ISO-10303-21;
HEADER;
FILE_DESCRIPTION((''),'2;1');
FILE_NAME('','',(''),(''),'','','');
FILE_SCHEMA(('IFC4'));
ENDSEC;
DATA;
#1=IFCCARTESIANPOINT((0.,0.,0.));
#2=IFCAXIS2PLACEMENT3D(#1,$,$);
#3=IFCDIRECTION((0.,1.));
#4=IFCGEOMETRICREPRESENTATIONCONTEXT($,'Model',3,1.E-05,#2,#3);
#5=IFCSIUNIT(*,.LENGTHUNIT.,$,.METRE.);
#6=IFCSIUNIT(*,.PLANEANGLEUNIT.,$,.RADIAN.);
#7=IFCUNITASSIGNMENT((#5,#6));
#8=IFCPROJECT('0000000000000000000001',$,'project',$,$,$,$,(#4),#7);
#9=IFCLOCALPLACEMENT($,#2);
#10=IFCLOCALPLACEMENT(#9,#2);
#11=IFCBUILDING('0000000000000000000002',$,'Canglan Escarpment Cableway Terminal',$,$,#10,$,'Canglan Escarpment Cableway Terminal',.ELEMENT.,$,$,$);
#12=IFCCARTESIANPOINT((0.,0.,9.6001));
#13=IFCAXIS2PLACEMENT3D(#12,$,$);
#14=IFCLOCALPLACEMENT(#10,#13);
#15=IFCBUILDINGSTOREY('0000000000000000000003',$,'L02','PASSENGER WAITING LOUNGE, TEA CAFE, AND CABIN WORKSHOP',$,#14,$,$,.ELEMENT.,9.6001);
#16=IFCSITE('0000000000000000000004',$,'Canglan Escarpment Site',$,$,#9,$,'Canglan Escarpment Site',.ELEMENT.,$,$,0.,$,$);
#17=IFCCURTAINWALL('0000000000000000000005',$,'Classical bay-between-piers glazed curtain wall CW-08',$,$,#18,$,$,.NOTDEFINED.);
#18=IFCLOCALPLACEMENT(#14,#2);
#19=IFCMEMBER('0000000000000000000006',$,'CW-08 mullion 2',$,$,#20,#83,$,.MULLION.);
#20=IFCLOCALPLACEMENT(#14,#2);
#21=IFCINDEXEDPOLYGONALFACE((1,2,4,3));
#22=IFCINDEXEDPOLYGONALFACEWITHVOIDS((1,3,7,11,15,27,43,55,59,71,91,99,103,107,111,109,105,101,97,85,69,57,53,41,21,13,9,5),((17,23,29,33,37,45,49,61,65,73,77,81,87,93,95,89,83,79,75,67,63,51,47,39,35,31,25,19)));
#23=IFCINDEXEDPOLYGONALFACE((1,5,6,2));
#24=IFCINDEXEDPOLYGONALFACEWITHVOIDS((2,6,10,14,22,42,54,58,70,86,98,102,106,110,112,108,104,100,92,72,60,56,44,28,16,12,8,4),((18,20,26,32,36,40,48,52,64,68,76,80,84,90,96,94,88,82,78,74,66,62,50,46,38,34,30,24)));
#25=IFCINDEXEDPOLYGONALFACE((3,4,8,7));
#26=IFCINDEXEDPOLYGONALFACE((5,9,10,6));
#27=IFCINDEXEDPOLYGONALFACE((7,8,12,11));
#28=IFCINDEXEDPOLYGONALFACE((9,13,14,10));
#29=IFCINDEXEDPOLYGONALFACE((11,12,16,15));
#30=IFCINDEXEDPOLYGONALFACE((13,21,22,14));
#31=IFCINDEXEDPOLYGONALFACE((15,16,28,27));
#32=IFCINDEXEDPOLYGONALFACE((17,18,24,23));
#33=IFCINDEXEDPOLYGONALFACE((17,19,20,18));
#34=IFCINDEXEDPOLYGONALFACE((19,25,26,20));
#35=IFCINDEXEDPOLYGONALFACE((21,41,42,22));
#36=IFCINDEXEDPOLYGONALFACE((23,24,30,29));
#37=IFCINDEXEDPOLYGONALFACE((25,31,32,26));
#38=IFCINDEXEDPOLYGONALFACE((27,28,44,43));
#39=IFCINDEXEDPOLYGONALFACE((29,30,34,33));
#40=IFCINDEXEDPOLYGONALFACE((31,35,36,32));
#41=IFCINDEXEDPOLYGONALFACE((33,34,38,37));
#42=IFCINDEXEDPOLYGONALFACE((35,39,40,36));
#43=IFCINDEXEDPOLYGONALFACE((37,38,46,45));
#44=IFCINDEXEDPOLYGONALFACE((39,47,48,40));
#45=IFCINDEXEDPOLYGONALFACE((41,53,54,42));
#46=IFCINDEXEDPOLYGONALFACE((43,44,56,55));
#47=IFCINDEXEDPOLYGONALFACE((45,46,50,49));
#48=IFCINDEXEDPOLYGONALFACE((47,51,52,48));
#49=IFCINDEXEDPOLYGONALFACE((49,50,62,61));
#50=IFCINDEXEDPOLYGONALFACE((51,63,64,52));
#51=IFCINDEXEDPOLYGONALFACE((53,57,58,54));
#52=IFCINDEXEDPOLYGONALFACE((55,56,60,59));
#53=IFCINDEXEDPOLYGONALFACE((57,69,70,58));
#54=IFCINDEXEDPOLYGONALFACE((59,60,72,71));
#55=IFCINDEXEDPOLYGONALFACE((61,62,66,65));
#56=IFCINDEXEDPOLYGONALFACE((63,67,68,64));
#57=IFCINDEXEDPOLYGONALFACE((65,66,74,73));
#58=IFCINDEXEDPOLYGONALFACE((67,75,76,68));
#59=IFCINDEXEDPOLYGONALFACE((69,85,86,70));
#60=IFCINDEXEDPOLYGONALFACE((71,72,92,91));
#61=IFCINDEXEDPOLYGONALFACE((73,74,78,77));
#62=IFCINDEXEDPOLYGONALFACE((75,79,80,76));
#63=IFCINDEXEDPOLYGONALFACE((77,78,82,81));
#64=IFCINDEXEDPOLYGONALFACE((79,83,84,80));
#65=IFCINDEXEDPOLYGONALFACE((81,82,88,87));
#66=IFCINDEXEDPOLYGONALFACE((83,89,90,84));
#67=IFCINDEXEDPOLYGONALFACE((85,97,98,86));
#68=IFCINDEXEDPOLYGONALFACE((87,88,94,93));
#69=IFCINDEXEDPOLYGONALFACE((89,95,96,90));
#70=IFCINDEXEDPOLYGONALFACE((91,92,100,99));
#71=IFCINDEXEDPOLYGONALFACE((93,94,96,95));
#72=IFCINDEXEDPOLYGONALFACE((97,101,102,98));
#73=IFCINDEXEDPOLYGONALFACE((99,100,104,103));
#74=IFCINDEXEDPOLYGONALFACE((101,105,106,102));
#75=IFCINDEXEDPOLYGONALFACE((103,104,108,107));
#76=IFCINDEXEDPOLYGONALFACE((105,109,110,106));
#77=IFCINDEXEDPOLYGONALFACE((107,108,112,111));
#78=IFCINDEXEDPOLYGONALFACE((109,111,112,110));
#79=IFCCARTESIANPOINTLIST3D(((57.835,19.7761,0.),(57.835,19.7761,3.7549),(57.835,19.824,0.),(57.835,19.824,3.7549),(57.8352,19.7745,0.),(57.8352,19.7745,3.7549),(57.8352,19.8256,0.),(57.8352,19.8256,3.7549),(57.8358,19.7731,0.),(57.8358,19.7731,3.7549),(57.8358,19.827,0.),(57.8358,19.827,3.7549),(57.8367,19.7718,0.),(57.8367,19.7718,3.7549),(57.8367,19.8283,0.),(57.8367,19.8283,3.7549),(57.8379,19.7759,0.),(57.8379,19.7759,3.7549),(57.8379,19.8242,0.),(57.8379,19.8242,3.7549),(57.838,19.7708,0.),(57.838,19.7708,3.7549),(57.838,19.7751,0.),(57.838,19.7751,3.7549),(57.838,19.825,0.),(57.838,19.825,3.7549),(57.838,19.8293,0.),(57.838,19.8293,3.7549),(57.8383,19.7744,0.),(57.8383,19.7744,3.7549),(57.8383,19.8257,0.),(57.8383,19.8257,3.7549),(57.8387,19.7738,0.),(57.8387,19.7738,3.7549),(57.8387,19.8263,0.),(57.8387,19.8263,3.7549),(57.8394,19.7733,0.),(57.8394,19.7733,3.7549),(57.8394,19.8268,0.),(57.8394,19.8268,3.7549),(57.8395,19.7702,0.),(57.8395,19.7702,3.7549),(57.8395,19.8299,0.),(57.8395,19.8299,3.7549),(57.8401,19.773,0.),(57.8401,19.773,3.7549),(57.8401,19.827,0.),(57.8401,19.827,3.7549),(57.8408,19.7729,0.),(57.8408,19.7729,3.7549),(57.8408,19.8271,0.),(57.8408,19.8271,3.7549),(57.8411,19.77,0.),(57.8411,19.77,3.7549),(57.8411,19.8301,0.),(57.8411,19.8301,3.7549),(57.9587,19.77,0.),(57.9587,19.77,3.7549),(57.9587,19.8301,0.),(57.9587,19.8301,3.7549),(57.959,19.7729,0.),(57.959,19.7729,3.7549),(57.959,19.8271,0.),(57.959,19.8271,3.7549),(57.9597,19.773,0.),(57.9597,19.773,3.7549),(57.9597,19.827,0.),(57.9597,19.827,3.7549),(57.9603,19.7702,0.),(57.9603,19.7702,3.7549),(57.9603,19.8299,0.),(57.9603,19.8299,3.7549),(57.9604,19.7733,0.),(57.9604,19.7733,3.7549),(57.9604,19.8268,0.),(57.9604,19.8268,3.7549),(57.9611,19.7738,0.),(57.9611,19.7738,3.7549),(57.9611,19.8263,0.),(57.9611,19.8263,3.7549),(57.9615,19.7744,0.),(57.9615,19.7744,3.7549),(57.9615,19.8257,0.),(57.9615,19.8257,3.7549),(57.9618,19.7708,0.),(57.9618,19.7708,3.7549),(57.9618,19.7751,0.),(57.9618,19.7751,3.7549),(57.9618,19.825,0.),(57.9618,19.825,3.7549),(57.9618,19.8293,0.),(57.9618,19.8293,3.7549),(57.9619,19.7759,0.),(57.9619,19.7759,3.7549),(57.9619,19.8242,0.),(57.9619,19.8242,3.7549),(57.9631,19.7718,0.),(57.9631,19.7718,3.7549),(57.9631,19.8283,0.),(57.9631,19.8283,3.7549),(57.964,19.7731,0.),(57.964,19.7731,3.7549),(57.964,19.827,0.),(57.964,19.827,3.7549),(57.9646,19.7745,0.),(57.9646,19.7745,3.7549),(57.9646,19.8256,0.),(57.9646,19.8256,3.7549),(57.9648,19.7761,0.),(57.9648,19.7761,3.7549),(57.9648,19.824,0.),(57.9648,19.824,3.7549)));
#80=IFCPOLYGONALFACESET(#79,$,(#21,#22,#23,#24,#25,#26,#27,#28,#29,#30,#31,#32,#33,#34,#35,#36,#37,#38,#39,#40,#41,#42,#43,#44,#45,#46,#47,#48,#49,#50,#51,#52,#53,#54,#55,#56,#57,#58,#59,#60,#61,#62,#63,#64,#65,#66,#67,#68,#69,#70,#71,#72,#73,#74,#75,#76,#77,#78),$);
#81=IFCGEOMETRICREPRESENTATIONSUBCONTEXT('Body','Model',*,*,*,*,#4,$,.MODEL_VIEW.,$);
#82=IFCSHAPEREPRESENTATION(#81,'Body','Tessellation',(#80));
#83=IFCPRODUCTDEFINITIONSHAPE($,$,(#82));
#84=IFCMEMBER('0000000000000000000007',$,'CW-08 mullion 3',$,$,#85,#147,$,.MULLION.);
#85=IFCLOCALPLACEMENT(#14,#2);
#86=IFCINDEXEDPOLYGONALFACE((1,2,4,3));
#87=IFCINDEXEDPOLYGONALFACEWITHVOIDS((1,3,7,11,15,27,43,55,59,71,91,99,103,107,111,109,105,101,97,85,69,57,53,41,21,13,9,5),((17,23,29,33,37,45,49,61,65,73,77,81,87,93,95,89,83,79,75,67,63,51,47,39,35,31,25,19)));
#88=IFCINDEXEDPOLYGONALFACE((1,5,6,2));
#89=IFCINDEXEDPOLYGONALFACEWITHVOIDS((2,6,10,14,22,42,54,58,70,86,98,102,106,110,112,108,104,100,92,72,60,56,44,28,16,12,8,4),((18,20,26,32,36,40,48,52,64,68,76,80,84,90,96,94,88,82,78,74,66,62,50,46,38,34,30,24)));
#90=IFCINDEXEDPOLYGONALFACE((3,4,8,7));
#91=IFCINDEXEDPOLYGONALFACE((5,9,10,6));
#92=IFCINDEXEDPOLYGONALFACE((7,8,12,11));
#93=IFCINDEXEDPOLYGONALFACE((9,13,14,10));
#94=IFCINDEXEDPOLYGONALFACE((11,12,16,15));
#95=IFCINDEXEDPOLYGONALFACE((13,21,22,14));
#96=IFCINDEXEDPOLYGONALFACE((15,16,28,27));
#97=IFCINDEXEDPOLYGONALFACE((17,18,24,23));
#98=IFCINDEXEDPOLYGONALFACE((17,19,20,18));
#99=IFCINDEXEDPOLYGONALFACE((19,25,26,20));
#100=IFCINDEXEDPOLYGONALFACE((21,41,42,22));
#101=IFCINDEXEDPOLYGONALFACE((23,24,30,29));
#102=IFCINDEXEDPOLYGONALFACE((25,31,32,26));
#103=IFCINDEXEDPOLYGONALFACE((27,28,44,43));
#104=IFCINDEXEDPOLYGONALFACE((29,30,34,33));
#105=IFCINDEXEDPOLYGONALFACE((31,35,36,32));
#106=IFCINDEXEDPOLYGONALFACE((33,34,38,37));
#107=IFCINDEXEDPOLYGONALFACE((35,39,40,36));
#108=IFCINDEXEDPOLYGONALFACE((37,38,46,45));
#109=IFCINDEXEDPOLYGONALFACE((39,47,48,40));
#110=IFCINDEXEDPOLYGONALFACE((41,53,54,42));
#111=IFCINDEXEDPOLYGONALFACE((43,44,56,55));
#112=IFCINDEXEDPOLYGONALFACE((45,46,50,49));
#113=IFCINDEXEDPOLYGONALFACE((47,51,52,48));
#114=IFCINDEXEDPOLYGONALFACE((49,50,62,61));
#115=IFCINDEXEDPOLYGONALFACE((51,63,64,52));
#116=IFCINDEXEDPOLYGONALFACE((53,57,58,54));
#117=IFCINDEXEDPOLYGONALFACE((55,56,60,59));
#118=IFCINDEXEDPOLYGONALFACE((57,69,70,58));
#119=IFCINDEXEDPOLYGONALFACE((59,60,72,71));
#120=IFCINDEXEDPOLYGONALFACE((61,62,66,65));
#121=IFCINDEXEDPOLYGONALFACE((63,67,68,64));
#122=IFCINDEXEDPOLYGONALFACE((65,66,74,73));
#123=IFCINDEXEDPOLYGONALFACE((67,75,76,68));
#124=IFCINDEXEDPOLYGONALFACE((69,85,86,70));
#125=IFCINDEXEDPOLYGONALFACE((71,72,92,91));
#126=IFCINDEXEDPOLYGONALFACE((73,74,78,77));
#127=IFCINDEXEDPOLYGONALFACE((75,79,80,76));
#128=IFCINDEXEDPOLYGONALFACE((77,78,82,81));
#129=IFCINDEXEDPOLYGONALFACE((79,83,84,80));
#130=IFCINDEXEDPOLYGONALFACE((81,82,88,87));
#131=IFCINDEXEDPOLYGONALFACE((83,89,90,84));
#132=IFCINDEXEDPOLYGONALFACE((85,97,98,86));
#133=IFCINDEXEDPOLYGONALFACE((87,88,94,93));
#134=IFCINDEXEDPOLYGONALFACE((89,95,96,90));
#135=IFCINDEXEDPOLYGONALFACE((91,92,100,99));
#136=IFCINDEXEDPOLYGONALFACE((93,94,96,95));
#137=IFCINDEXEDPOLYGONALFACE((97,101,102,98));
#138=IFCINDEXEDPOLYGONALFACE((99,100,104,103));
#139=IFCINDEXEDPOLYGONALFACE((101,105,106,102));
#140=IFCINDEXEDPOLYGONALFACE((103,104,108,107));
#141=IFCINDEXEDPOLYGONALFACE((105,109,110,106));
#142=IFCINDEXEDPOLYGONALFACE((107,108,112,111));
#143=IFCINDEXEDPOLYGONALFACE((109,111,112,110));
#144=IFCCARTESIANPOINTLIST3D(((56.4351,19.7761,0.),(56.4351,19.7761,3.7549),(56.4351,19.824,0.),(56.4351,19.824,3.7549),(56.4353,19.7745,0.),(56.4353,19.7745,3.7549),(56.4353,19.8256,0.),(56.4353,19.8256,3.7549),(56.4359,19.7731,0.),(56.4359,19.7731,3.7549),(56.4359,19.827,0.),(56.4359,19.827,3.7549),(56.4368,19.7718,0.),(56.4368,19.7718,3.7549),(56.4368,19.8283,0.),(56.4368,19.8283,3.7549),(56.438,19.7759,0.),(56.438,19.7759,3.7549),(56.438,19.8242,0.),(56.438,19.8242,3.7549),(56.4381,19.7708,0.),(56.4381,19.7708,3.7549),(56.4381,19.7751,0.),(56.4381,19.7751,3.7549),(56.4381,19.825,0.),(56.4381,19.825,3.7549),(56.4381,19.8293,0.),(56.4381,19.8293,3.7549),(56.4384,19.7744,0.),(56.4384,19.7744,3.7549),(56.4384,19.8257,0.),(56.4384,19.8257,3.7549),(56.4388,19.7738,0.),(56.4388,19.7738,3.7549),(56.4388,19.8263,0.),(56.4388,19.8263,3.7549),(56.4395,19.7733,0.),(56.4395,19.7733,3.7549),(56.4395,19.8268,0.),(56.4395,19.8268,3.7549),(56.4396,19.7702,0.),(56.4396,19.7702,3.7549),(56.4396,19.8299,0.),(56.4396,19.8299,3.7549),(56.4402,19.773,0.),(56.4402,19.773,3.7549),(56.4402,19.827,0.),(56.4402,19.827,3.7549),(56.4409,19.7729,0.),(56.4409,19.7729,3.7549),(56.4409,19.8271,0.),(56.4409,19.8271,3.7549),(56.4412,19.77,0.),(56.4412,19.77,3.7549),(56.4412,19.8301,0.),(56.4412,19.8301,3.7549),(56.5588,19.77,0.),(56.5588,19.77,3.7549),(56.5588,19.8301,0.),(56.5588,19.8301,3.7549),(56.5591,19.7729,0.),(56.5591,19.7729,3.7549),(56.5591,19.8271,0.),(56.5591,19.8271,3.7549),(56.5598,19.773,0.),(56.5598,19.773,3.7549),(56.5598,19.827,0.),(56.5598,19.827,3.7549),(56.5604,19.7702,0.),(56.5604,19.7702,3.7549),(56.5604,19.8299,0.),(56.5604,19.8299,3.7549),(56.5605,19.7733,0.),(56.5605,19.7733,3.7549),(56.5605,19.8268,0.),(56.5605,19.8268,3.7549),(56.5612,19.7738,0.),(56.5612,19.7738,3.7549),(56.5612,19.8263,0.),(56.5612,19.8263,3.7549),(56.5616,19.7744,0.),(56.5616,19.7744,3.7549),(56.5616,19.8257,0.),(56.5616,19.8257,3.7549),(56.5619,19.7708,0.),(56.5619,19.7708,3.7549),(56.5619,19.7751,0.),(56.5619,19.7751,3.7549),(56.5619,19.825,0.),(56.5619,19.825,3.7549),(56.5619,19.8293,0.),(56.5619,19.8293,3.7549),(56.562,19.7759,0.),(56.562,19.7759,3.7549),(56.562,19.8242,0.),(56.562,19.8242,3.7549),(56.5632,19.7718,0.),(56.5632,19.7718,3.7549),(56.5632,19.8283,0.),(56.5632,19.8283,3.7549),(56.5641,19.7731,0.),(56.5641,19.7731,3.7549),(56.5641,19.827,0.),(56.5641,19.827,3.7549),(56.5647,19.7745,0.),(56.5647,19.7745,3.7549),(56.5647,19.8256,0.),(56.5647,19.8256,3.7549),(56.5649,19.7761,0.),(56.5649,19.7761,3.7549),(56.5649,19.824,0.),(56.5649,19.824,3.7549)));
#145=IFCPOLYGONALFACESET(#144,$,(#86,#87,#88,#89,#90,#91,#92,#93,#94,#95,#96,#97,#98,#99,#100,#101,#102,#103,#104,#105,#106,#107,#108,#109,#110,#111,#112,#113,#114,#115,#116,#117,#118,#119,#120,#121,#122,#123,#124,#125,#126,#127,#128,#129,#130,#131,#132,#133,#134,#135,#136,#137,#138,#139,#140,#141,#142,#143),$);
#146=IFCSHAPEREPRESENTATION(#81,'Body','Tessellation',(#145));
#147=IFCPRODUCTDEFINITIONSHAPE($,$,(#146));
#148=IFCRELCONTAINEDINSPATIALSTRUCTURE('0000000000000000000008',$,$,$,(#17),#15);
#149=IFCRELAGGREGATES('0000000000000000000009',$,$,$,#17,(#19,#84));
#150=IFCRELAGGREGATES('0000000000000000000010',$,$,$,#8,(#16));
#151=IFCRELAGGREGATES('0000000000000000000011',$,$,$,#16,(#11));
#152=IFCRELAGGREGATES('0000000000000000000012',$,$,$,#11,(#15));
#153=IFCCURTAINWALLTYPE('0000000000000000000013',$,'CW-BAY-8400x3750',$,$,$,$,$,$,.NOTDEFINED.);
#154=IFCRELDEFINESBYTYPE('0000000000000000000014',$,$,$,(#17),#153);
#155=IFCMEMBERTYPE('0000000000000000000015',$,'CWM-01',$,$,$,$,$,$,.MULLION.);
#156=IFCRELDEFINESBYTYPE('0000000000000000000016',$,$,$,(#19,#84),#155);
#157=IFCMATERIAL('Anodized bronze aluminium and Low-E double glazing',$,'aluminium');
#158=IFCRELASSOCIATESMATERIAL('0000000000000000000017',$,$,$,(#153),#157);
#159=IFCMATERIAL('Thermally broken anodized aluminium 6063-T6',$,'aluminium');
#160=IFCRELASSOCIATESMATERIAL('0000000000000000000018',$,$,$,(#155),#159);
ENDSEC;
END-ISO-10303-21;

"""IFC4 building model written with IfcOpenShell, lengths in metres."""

from ifc_helpers import new_model, si_unit, direction, frame, origin, origin_2d, place, context, subcontext, project, spatial, hollow_rectangle, extrude, material, material_profile, profile_set, type_object, element, aggregate, save


model = new_model("IFC4")

# Units and contexts
model_context = context("Model", 3, precision=1e-05, world=origin(), true_north=direction((0.0, 1.0)))
body_context = subcontext(model_context, "Body", "Model", "MODEL_VIEW")
ifc_project = project(units=[si_unit("LENGTHUNIT", "METRE"), si_unit("PLANEANGLEUNIT", "RADIAN")], contexts=[model_context])

# Site, building, storey
site_placement = place(None, origin())
site = spatial("IfcSite", under=ifc_project, at=site_placement, Name="Canglan Escarpment Site", LongName="Canglan Escarpment Site", CompositionType="ELEMENT", RefElevation=0.0)
building_placement = place(site_placement, origin())
building = spatial("IfcBuilding", under=site, at=building_placement, Name="Canglan Escarpment Cableway Terminal", LongName="Canglan Escarpment Cableway Terminal", CompositionType="ELEMENT")
storey_placement = place(building_placement, frame((0.0, 0.0, 9.6001)))
storey = spatial("IfcBuildingStorey", under=building, at=storey_placement, Name="L02", Description="PASSENGER WAITING LOUNGE, TEA CAFE, AND CABIN WORKSHOP", CompositionType="ELEMENT", Elevation=9.6001)

# Curtain wall, members
ifc_material_1 = material(Name="Anodized bronze aluminium and Low-E double glazing", Category="aluminium")
curtain_wall_type = type_object("IfcCurtainWallType", Name="CW-BAY-8400x3750", PredefinedType="NOTDEFINED", material=ifc_material_1)
curtain_wall_placement = place(storey_placement, origin())
curtain_wall = element("IfcCurtainWall", 1, at=curtain_wall_placement, inside=storey, type_object=curtain_wall_type, Name="Classical bay-between-piers glazed curtain wall CW-08", PredefinedType="NOTDEFINED")
ifc_material_2 = material(Name="Thermally broken anodized aluminium 6063-T6", Category="aluminium")
ifc_material_profile_1 = material_profile(ifc_material_2, hollow_rectangle(XDim=0.0601, YDim=0.1299, WallThickness=0.0029, InnerFilletRadius=0.0029, OuterFilletRadius=0.0061, at=origin_2d()), Name="ALU-MULL 60x130x3")
ifc_profile_set_1 = profile_set([ifc_material_profile_1], Name="Thermally broken anodized aluminium 6063-T6")
member_type_1 = type_object("IfcMemberType", Name="CWM-01", PredefinedType="MULLION", material=ifc_profile_set_1)
member_1_placement = place(storey_placement, frame((57.8999, 19.8, 0.0), z_axis=(0.0, 0.0, 1.0), x_axis=(0.0, -1.0, 0.0)))
member_1 = element("IfcMember", 2, at=member_1_placement, type_object=member_type_1, Name="CW-08 mullion 2", PredefinedType="MULLION", context=body_context, shape_type="SweptSolid", body=[
    extrude(hollow_rectangle(XDim=0.0601, YDim=0.1299, WallThickness=0.0029, InnerFilletRadius=0.0029, OuterFilletRadius=0.0061, at=origin_2d()), origin(), (0.0, 0.0, 1.0), 3.7549),
])
member_2_placement = place(storey_placement, frame((56.5, 19.8, 0.0), z_axis=(0.0, 0.0, 1.0), x_axis=(0.0, -1.0, 0.0)))
member_2 = element("IfcMember", 3, at=member_2_placement, type_object=member_type_1, Name="CW-08 mullion 3", PredefinedType="MULLION", context=body_context, shape_type="SweptSolid", body=[
    extrude(hollow_rectangle(XDim=0.0601, YDim=0.1299, WallThickness=0.0029, InnerFilletRadius=0.0029, OuterFilletRadius=0.0061, at=origin_2d()), origin(), (0.0, 0.0, 1.0), 3.7549),
])
aggregate(curtain_wall, [member_1, member_2])

save(model, "model.ifc")
